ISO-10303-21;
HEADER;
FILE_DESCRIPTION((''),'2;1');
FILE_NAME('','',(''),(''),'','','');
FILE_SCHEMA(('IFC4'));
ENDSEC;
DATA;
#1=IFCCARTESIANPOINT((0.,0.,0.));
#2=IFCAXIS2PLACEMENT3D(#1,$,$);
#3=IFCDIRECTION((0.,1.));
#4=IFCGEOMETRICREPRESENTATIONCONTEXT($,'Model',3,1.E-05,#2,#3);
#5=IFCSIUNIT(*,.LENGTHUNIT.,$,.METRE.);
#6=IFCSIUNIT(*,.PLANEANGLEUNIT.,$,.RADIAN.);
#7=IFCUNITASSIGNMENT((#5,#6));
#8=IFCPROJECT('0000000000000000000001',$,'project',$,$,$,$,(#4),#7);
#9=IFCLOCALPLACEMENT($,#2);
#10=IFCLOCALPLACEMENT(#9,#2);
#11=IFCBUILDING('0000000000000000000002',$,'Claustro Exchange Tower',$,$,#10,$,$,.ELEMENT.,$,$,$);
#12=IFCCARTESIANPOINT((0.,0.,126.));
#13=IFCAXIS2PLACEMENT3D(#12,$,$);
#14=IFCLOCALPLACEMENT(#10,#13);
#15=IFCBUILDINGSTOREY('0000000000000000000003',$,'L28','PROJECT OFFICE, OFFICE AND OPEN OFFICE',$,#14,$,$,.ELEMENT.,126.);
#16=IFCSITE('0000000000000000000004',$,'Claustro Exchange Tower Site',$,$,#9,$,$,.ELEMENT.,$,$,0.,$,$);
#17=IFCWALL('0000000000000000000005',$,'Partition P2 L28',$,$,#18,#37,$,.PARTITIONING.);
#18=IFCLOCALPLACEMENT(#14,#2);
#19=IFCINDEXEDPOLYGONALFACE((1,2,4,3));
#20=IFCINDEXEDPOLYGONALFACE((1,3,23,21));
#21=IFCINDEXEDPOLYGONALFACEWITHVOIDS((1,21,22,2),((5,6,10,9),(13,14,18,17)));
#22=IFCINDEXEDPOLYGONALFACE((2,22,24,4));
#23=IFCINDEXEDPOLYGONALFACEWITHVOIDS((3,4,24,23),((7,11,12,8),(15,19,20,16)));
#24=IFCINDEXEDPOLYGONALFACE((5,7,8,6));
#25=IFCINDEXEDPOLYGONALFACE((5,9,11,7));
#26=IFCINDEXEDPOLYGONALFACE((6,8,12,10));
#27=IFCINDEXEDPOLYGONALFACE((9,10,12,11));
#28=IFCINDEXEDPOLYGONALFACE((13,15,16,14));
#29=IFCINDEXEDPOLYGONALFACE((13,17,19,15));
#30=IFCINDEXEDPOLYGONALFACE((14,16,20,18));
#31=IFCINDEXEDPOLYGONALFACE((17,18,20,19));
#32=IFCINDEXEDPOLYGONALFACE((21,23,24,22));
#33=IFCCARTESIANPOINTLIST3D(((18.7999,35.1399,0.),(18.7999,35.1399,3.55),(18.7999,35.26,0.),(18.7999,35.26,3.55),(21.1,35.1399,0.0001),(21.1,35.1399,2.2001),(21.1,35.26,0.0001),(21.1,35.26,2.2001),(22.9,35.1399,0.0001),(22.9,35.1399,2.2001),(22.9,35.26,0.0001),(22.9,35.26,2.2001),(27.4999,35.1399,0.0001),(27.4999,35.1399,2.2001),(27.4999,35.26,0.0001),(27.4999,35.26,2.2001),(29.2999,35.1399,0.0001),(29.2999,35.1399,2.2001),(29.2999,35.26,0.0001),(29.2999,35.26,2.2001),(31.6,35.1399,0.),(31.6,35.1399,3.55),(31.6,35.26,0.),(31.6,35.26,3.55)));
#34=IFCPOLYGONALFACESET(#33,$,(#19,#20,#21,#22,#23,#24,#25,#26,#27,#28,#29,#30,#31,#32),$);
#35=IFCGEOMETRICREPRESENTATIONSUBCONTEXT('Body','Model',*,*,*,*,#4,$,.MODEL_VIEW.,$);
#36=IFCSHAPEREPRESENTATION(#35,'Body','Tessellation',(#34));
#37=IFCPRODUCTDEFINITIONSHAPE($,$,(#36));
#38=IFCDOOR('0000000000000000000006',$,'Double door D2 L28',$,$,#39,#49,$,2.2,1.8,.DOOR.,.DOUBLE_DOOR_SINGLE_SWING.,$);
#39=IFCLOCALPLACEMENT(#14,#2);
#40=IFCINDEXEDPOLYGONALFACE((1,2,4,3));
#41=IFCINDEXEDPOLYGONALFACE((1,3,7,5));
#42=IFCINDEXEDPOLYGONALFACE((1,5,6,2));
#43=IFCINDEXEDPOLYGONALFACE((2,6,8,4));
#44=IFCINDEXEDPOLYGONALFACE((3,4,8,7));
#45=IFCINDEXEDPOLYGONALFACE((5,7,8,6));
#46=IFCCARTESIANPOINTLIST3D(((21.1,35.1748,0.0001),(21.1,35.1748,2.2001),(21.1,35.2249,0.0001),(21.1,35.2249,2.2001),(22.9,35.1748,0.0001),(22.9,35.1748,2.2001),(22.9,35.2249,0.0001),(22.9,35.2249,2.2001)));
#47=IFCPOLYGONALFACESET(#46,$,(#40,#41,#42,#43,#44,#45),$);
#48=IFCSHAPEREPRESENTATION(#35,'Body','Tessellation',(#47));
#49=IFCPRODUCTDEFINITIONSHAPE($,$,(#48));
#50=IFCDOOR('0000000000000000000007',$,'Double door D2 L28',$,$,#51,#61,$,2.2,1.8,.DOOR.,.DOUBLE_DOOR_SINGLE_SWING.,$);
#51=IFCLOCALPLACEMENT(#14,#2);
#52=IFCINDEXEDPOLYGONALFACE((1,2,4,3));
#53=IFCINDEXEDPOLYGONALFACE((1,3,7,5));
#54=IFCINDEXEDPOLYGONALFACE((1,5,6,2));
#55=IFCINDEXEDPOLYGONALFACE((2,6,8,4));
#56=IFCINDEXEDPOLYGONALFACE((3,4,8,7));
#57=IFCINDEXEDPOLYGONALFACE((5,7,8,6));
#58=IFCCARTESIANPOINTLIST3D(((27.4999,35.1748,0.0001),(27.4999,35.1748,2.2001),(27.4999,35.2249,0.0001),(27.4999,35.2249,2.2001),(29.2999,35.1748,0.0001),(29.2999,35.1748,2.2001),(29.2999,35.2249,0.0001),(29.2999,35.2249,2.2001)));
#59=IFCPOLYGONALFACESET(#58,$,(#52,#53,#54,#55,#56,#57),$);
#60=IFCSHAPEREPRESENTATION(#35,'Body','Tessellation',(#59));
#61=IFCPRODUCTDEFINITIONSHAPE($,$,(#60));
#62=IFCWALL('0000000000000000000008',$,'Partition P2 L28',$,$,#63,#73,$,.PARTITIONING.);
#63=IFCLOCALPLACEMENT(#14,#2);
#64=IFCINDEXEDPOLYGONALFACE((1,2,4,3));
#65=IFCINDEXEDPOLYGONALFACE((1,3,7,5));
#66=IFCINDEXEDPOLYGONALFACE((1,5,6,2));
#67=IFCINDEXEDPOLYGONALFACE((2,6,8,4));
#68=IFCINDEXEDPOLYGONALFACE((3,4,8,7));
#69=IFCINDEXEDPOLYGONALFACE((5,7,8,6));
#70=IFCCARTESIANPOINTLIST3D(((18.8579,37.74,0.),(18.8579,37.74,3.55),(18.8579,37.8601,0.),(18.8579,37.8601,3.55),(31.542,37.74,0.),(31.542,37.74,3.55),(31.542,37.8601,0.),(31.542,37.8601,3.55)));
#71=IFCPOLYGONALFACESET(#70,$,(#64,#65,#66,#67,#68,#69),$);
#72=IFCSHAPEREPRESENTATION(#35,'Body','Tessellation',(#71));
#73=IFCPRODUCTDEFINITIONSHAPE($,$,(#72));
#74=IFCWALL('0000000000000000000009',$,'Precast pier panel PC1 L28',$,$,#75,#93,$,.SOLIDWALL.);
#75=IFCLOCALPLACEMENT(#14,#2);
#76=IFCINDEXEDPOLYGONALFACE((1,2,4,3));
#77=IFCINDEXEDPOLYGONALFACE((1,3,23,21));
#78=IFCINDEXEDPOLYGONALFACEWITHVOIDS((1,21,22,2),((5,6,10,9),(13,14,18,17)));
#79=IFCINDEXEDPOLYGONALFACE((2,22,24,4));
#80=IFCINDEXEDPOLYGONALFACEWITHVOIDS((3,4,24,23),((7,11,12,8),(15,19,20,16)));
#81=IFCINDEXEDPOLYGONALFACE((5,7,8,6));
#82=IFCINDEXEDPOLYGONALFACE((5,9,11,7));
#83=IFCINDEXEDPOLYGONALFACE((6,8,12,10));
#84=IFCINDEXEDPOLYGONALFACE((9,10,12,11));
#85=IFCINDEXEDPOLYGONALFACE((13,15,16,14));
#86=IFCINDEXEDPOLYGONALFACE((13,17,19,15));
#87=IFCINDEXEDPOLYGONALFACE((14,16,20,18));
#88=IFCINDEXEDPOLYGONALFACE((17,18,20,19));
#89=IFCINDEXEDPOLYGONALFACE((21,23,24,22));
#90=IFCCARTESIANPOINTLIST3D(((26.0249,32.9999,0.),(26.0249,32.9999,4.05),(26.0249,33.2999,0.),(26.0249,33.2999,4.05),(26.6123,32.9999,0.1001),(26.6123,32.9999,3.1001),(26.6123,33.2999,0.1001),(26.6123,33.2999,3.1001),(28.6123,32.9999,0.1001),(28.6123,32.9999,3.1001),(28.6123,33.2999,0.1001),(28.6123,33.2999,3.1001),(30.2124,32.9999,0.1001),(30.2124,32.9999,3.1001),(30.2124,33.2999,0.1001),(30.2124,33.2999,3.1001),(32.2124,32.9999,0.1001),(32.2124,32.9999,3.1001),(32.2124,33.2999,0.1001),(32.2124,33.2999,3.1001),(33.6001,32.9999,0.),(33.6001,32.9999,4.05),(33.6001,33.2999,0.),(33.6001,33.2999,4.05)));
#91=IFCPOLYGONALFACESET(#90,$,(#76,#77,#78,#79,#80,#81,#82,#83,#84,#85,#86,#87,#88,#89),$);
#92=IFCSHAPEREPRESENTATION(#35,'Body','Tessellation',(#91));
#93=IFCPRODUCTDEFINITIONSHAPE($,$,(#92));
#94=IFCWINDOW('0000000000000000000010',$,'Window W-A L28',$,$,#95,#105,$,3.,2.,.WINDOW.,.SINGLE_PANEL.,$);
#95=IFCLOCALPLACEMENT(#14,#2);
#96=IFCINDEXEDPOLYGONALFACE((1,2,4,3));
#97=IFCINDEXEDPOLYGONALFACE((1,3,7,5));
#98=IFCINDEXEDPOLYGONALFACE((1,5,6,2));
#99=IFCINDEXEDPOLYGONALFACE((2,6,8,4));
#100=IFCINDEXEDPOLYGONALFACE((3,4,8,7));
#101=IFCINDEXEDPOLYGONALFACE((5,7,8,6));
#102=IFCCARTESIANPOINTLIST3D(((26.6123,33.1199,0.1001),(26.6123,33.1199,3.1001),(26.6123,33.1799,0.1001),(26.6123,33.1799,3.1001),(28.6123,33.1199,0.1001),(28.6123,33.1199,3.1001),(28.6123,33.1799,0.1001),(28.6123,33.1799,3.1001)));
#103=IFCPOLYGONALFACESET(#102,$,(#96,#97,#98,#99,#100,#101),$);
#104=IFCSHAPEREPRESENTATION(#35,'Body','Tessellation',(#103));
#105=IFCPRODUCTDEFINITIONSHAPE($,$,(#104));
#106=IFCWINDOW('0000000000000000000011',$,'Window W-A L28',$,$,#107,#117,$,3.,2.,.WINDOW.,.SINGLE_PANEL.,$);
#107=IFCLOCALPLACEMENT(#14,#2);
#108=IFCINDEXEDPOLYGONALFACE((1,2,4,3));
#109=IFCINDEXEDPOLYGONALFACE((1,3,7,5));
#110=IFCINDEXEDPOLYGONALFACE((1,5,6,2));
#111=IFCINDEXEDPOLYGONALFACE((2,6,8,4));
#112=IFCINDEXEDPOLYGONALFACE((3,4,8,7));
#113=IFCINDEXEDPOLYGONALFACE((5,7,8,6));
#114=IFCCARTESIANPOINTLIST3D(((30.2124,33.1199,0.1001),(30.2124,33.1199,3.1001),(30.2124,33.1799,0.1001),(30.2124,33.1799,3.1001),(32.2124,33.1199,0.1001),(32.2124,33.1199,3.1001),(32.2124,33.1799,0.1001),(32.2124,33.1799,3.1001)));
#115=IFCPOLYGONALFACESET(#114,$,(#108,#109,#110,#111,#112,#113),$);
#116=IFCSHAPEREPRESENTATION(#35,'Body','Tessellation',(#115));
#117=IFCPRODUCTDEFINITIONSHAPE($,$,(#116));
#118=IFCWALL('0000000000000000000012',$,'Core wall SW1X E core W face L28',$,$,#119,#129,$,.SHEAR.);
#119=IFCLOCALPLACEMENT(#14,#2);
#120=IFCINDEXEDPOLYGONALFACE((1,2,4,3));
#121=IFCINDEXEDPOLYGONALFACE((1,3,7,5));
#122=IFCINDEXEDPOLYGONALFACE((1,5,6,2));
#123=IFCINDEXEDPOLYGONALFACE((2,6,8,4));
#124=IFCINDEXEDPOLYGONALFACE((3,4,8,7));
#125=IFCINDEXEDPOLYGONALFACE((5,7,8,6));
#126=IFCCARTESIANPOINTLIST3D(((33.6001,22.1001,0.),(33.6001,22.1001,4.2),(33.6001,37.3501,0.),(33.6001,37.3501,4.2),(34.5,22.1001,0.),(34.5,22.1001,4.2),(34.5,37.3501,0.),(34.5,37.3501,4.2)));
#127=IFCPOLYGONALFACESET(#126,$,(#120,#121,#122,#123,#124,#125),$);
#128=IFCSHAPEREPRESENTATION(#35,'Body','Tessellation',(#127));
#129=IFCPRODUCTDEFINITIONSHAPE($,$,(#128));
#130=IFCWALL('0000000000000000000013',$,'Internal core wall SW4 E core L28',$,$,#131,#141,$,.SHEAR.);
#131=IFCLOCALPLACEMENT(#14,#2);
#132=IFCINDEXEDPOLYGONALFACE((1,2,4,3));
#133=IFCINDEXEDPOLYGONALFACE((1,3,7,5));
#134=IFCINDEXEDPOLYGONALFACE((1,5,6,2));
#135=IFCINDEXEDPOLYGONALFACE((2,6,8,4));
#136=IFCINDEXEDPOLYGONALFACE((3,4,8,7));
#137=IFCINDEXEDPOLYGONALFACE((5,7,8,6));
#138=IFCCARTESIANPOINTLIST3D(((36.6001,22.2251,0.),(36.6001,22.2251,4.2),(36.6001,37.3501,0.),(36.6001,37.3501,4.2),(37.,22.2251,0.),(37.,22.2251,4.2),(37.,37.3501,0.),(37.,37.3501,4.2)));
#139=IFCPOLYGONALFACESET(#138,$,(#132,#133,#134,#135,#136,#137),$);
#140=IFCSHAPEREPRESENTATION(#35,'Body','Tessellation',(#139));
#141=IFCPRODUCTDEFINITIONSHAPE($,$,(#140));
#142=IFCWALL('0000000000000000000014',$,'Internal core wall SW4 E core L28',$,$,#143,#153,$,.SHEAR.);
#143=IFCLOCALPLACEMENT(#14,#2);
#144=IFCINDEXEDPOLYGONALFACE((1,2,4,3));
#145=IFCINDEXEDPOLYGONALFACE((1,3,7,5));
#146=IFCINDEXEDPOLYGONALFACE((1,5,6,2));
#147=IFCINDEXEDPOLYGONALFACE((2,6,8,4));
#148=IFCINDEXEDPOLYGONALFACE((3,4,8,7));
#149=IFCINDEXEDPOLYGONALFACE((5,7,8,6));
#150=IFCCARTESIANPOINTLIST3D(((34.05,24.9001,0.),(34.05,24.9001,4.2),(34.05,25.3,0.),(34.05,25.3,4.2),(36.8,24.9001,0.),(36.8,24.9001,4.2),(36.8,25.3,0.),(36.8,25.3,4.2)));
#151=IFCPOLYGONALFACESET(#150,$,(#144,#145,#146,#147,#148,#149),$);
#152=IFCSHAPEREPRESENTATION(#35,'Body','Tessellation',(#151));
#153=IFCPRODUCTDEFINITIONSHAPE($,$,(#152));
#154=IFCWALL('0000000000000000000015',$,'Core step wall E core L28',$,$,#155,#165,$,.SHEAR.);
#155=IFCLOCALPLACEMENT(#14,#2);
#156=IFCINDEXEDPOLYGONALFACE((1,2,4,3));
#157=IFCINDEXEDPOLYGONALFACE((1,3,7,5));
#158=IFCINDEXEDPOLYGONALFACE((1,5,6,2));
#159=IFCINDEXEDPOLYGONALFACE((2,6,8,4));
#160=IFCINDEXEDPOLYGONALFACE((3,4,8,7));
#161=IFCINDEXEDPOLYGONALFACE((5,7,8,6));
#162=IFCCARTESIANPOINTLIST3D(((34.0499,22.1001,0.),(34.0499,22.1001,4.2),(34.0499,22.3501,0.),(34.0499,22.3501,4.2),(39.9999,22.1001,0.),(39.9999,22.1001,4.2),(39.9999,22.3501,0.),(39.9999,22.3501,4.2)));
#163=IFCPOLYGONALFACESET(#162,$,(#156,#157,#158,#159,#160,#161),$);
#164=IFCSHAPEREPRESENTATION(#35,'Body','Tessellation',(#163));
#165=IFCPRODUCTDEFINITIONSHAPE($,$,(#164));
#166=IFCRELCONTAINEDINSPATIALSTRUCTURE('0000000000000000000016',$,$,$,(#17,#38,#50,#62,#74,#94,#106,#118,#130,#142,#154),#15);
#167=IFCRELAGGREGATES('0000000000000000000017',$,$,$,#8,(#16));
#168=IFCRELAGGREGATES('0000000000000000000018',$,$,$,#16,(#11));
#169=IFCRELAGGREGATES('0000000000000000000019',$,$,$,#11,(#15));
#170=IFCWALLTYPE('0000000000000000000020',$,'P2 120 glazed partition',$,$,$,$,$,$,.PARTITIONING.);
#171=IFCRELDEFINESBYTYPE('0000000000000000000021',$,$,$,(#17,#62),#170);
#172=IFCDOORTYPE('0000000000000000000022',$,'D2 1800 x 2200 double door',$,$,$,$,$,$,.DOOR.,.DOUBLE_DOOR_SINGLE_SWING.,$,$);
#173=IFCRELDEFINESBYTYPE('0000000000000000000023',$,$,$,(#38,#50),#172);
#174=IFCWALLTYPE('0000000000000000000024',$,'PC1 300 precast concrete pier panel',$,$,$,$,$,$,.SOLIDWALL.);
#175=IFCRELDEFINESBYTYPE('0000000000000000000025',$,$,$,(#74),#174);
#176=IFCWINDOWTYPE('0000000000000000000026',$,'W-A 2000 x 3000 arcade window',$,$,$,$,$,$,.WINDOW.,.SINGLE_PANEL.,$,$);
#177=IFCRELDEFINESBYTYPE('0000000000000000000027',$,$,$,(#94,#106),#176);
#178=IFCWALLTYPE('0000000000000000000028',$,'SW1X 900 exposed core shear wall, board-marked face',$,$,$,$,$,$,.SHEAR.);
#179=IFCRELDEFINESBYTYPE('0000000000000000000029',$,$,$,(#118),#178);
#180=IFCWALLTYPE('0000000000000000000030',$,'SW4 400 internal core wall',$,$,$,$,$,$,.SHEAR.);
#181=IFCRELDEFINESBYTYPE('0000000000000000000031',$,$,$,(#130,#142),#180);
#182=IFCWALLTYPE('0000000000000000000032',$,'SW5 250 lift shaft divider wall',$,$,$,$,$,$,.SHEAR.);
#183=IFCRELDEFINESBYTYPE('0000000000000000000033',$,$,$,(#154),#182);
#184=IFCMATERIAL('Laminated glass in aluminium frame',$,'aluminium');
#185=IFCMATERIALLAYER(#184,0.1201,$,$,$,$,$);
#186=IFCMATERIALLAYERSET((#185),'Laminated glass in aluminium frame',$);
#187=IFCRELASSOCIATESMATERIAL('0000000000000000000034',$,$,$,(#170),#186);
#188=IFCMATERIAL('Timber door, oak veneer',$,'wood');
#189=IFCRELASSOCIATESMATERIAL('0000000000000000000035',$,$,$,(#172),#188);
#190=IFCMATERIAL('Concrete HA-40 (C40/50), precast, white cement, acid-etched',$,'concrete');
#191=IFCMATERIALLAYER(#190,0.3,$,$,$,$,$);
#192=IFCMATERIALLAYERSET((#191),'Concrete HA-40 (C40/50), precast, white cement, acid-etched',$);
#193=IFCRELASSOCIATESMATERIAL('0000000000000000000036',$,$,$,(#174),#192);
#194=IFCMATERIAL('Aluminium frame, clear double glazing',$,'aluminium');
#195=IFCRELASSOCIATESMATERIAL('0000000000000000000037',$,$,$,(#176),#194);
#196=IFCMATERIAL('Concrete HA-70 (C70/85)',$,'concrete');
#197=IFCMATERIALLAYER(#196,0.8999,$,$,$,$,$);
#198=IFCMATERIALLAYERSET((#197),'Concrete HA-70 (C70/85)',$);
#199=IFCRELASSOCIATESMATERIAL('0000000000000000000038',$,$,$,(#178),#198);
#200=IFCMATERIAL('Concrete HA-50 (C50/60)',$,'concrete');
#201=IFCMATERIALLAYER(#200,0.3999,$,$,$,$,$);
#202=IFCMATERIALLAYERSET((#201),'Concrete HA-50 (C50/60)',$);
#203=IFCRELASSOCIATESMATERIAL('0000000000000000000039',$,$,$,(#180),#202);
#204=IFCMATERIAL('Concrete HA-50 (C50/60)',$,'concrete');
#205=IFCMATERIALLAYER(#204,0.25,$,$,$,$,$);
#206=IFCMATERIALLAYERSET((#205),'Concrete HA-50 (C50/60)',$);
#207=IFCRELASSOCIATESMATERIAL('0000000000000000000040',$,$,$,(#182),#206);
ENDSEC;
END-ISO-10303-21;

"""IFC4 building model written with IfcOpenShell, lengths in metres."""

from ifc_helpers import new_model, si_unit, direction, frame, frame_2d, origin, place, context, subcontext, project, spatial, rectangle, extrude, material, layer, layer_set, type_object, element, fill, save


model = new_model("IFC4")

# Units and contexts
model_context = context("Model", 3, precision=1e-05, world=origin(), true_north=direction((0.0, 1.0)))
body_context = subcontext(model_context, "Body", "Model", "MODEL_VIEW")
ifc_project = project(units=[si_unit("LENGTHUNIT", "METRE"), si_unit("PLANEANGLEUNIT", "RADIAN")], contexts=[model_context])

# Site, building, storey
site_placement = place(None, origin())
site = spatial("IfcSite", under=ifc_project, at=site_placement, Name="Claustro Exchange Tower Site", CompositionType="ELEMENT", RefElevation=0.0)
building_placement = place(site_placement, origin())
building = spatial("IfcBuilding", under=site, at=building_placement, Name="Claustro Exchange Tower", CompositionType="ELEMENT")
storey_placement = place(building_placement, frame((0.0, 0.0, 126.0)))
storey = spatial("IfcBuildingStorey", under=building, at=storey_placement, Name="L28", Description="PROJECT OFFICE, OFFICE AND OPEN OFFICE", CompositionType="ELEMENT", Elevation=126.0)

# Shared definitions
ifc_material_1 = material(Name="Laminated glass in aluminium frame", Category="aluminium")
ifc_layer_1 = layer(ifc_material_1, 0.1201)
ifc_layer_set_1 = layer_set([ifc_layer_1], Name="Laminated glass in aluminium frame")
wall_type_1 = type_object("IfcWallType", Name="P2 120 glazed partition", PredefinedType="PARTITIONING", material=ifc_layer_set_1)
ifc_material_2 = material(Name="Timber door, oak veneer", Category="wood")
door_type_1 = type_object("IfcDoorType", Name="D2 1800 x 2200 double door", OperationType="DOUBLE_DOOR_SINGLE_SWING", PredefinedType="DOOR", material=ifc_material_2)

# Wall, openings, doors
wall_1_placement = place(storey_placement, frame((18.8, 35.2, 0.0), z_axis=(0.0, 0.0, 1.0), x_axis=(1.0, 0.0, 0.0)))
wall_1 = element("IfcWall", 1, at=wall_1_placement, inside=storey, type_object=wall_type_1, Name="Partition P2 L28", PredefinedType="PARTITIONING", context=body_context, shape_type="SweptSolid", body=[
    extrude(rectangle(XDim=12.8, YDim=0.1201, at=frame_2d((6.3999, 0.0))), origin(), (0.0, 0.0, 1.0), 3.55),
])
opening_1_placement = place(wall_1_placement, frame((2.3, 0.0, 0.0)))
opening_1 = element("IfcOpeningElement", 2, at=opening_1_placement, cuts=wall_1, PredefinedType="OPENING", context=body_context, shape_type="SweptSolid", body=[
    extrude(rectangle(XDim=1.8, YDim=2.2, at=frame_2d((0.8999, 1.1001))), frame((0.0, 0.0701, 0.0), z_axis=(0.0, -1.0, 0.0), x_axis=(1.0, 0.0, 0.0)), (0.0, 0.0, 1.0), 0.1401),
])
opening_2_placement = place(wall_1_placement, frame((8.7, 0.0, 0.0)))
opening_2 = element("IfcOpeningElement", 3, at=opening_2_placement, cuts=wall_1, PredefinedType="OPENING", context=body_context, shape_type="SweptSolid", body=[
    extrude(rectangle(XDim=1.8, YDim=2.2, at=frame_2d((0.8999, 1.1001))), frame((0.0, 0.0701, 0.0), z_axis=(0.0, -1.0, 0.0), x_axis=(1.0, 0.0, 0.0)), (0.0, 0.0, 1.0), 0.1401),
])
door_1_placement = place(opening_1_placement, origin())
door_1 = element("IfcDoor", 4, at=door_1_placement, inside=storey, type_object=door_type_1, Name="Double door D2 L28", OperationType="DOUBLE_DOOR_SINGLE_SWING", OverallHeight=2.2, OverallWidth=1.8, PredefinedType="DOOR", context=body_context, shape_type="SweptSolid", body=[
    extrude(rectangle(XDim=1.8, YDim=2.2, at=frame_2d((0.8999, 1.1001))), frame((0.0, 0.0249, 0.0), z_axis=(0.0, -1.0, 0.0), x_axis=(1.0, 0.0, 0.0)), (0.0, 0.0, 1.0), 0.05),
])
fill(opening_1, door_1)
door_2_placement = place(opening_2_placement, origin())
door_2 = element("IfcDoor", 5, at=door_2_placement, inside=storey, type_object=door_type_1, Name="Double door D2 L28", OperationType="DOUBLE_DOOR_SINGLE_SWING", OverallHeight=2.2, OverallWidth=1.8, PredefinedType="DOOR", context=body_context, shape_type="SweptSolid", body=[
    extrude(rectangle(XDim=1.8, YDim=2.2, at=frame_2d((0.8999, 1.1001))), frame((0.0, 0.0249, 0.0), z_axis=(0.0, -1.0, 0.0), x_axis=(1.0, 0.0, 0.0)), (0.0, 0.0, 1.0), 0.05),
])
fill(opening_2, door_2)

# Wall
wall_2_placement = place(storey_placement, frame((18.8579, 37.8, 0.0), z_axis=(0.0, 0.0, 1.0), x_axis=(1.0, 0.0, 0.0)))
element("IfcWall", 6, at=wall_2_placement, inside=storey, type_object=wall_type_1, Name="Partition P2 L28", PredefinedType="PARTITIONING", context=body_context, shape_type="SweptSolid", body=[
    extrude(rectangle(XDim=12.6841, YDim=0.1201, at=frame_2d((6.342, 0.0))), origin(), (0.0, 0.0, 1.0), 3.55),
])

# Wall, openings, windows
ifc_material_3 = material(Name="Concrete HA-40 (C40/50), precast, white cement, acid-etched", Category="concrete")
ifc_layer_2 = layer(ifc_material_3, 0.3)
ifc_layer_set_2 = layer_set([ifc_layer_2], Name="Concrete HA-40 (C40/50), precast, white cement, acid-etched")
wall_type_2 = type_object("IfcWallType", Name="PC1 300 precast concrete pier panel", PredefinedType="SOLIDWALL", material=ifc_layer_set_2)
wall_3_placement = place(storey_placement, frame((26.0249, 33.1499, 0.0), z_axis=(0.0, 0.0, 1.0), x_axis=(1.0, 0.0, 0.0)))
wall_3 = element("IfcWall", 7, at=wall_3_placement, inside=storey, type_object=wall_type_2, Name="Precast pier panel PC1 L28", PredefinedType="SOLIDWALL", context=body_context, shape_type="SweptSolid", body=[
    extrude(rectangle(XDim=7.5752, YDim=0.3, at=frame_2d((3.7876, 0.0))), origin(), (0.0, 0.0, 1.0), 4.05),
])
opening_3_placement = place(wall_3_placement, frame((0.5874, 0.0, 0.1001)))
opening_3 = element("IfcOpeningElement", 8, at=opening_3_placement, cuts=wall_3, PredefinedType="OPENING", context=body_context, shape_type="SweptSolid", body=[
    extrude(rectangle(XDim=2.0, YDim=3.0, at=frame_2d((1.0, 1.5))), frame((0.0, 0.1599, 0.0), z_axis=(0.0, -1.0, 0.0), x_axis=(1.0, 0.0, 0.0)), (0.0, 0.0, 1.0), 0.3201),
])
opening_4_placement = place(wall_3_placement, frame((4.1875, 0.0, 0.1001)))
opening_4 = element("IfcOpeningElement", 9, at=opening_4_placement, cuts=wall_3, PredefinedType="OPENING", context=body_context, shape_type="SweptSolid", body=[
    extrude(rectangle(XDim=2.0, YDim=3.0, at=frame_2d((1.0, 1.5))), frame((0.0, 0.1599, 0.0), z_axis=(0.0, -1.0, 0.0), x_axis=(1.0, 0.0, 0.0)), (0.0, 0.0, 1.0), 0.3201),
])
ifc_material_4 = material(Name="Aluminium frame, clear double glazing", Category="aluminium")
window_type = type_object("IfcWindowType", Name="W-A 2000 x 3000 arcade window", PartitioningType="SINGLE_PANEL", PredefinedType="WINDOW", material=ifc_material_4)
window_1_placement = place(opening_3_placement, origin())
window_1 = element("IfcWindow", 10, at=window_1_placement, inside=storey, type_object=window_type, Name="Window W-A L28", OverallHeight=3.0, OverallWidth=2.0, PartitioningType="SINGLE_PANEL", PredefinedType="WINDOW", context=body_context, shape_type="SweptSolid", body=[
    extrude(rectangle(XDim=2.0, YDim=3.0, at=frame_2d((1.0, 1.5))), frame((0.0, 0.03, 0.0), z_axis=(0.0, -1.0, 0.0), x_axis=(1.0, 0.0, 0.0)), (0.0, 0.0, 1.0), 0.0601),
])
fill(opening_3, window_1)
window_2_placement = place(opening_4_placement, origin())
window_2 = element("IfcWindow", 11, at=window_2_placement, inside=storey, type_object=window_type, Name="Window W-A L28", OverallHeight=3.0, OverallWidth=2.0, PartitioningType="SINGLE_PANEL", PredefinedType="WINDOW", context=body_context, shape_type="SweptSolid", body=[
    extrude(rectangle(XDim=2.0, YDim=3.0, at=frame_2d((1.0, 1.5))), frame((0.0, 0.03, 0.0), z_axis=(0.0, -1.0, 0.0), x_axis=(1.0, 0.0, 0.0)), (0.0, 0.0, 1.0), 0.0601),
])
fill(opening_4, window_2)

# Walls
ifc_material_5 = material(Name="Concrete HA-70 (C70/85)", Category="concrete")
ifc_layer_3 = layer(ifc_material_5, 0.8999)
ifc_layer_set_3 = layer_set([ifc_layer_3], Name="Concrete HA-70 (C70/85)")
wall_type_3 = type_object("IfcWallType", Name="SW1X 900 exposed core shear wall, board-marked face", PredefinedType="SHEAR", material=ifc_layer_set_3)
wall_4_placement = place(storey_placement, frame((34.05, 22.1001, 0.0), z_axis=(0.0, 0.0, 1.0), x_axis=(0.0, 1.0, 0.0)))
element("IfcWall", 12, at=wall_4_placement, inside=storey, type_object=wall_type_3, Name="Core wall SW1X E core W face L28", PredefinedType="SHEAR", context=body_context, shape_type="SweptSolid", body=[
    extrude(rectangle(XDim=15.25, YDim=0.8999, at=frame_2d((7.625, 0.0))), origin(), (0.0, 0.0, 1.0), 4.2),
])
ifc_material_6 = material(Name="Concrete HA-50 (C50/60)", Category="concrete")
ifc_layer_4 = layer(ifc_material_6, 0.3999)
ifc_layer_set_4 = layer_set([ifc_layer_4], Name="Concrete HA-50 (C50/60)")
wall_type_4 = type_object("IfcWallType", Name="SW4 400 internal core wall", PredefinedType="SHEAR", material=ifc_layer_set_4)
wall_5_placement = place(storey_placement, frame((36.8, 22.2251, 0.0), z_axis=(0.0, 0.0, 1.0), x_axis=(0.0, 1.0, 0.0)))
element("IfcWall", 13, at=wall_5_placement, inside=storey, type_object=wall_type_4, Name="Internal core wall SW4 E core L28", PredefinedType="SHEAR", context=body_context, shape_type="SweptSolid", body=[
    extrude(rectangle(XDim=15.125, YDim=0.3999, at=frame_2d((7.5625, 0.0))), origin(), (0.0, 0.0, 1.0), 4.2),
])
wall_6_placement = place(storey_placement, frame((36.8, 25.1001, 0.0), z_axis=(0.0, 0.0, 1.0), x_axis=(-1.0, 0.0, 0.0)))
element("IfcWall", 14, at=wall_6_placement, inside=storey, type_object=wall_type_4, Name="Internal core wall SW4 E core L28", PredefinedType="SHEAR", context=body_context, shape_type="SweptSolid", body=[
    extrude(rectangle(XDim=2.75, YDim=0.3999, at=frame_2d((1.375, 0.0))), origin(), (0.0, 0.0, 1.0), 4.2),
])
ifc_material_7 = material(Name="Concrete HA-50 (C50/60)", Category="concrete")
ifc_layer_5 = layer(ifc_material_7, 0.25)
ifc_layer_set_5 = layer_set([ifc_layer_5], Name="Concrete HA-50 (C50/60)")
wall_type_5 = type_object("IfcWallType", Name="SW5 250 lift shaft divider wall", PredefinedType="SHEAR", material=ifc_layer_set_5)
wall_7_placement = place(storey_placement, frame((40.0, 22.2251, 0.0), z_axis=(0.0, 0.0, 1.0), x_axis=(-1.0, 0.0, 0.0)))
element("IfcWall", 15, at=wall_7_placement, inside=storey, type_object=wall_type_5, Name="Core step wall E core L28", PredefinedType="SHEAR", context=body_context, shape_type="SweptSolid", body=[
    extrude(rectangle(XDim=5.95, YDim=0.25, at=frame_2d((2.9751, 0.0))), origin(), (0.0, 0.0, 1.0), 4.2),
])

save(model, "model.ifc")
